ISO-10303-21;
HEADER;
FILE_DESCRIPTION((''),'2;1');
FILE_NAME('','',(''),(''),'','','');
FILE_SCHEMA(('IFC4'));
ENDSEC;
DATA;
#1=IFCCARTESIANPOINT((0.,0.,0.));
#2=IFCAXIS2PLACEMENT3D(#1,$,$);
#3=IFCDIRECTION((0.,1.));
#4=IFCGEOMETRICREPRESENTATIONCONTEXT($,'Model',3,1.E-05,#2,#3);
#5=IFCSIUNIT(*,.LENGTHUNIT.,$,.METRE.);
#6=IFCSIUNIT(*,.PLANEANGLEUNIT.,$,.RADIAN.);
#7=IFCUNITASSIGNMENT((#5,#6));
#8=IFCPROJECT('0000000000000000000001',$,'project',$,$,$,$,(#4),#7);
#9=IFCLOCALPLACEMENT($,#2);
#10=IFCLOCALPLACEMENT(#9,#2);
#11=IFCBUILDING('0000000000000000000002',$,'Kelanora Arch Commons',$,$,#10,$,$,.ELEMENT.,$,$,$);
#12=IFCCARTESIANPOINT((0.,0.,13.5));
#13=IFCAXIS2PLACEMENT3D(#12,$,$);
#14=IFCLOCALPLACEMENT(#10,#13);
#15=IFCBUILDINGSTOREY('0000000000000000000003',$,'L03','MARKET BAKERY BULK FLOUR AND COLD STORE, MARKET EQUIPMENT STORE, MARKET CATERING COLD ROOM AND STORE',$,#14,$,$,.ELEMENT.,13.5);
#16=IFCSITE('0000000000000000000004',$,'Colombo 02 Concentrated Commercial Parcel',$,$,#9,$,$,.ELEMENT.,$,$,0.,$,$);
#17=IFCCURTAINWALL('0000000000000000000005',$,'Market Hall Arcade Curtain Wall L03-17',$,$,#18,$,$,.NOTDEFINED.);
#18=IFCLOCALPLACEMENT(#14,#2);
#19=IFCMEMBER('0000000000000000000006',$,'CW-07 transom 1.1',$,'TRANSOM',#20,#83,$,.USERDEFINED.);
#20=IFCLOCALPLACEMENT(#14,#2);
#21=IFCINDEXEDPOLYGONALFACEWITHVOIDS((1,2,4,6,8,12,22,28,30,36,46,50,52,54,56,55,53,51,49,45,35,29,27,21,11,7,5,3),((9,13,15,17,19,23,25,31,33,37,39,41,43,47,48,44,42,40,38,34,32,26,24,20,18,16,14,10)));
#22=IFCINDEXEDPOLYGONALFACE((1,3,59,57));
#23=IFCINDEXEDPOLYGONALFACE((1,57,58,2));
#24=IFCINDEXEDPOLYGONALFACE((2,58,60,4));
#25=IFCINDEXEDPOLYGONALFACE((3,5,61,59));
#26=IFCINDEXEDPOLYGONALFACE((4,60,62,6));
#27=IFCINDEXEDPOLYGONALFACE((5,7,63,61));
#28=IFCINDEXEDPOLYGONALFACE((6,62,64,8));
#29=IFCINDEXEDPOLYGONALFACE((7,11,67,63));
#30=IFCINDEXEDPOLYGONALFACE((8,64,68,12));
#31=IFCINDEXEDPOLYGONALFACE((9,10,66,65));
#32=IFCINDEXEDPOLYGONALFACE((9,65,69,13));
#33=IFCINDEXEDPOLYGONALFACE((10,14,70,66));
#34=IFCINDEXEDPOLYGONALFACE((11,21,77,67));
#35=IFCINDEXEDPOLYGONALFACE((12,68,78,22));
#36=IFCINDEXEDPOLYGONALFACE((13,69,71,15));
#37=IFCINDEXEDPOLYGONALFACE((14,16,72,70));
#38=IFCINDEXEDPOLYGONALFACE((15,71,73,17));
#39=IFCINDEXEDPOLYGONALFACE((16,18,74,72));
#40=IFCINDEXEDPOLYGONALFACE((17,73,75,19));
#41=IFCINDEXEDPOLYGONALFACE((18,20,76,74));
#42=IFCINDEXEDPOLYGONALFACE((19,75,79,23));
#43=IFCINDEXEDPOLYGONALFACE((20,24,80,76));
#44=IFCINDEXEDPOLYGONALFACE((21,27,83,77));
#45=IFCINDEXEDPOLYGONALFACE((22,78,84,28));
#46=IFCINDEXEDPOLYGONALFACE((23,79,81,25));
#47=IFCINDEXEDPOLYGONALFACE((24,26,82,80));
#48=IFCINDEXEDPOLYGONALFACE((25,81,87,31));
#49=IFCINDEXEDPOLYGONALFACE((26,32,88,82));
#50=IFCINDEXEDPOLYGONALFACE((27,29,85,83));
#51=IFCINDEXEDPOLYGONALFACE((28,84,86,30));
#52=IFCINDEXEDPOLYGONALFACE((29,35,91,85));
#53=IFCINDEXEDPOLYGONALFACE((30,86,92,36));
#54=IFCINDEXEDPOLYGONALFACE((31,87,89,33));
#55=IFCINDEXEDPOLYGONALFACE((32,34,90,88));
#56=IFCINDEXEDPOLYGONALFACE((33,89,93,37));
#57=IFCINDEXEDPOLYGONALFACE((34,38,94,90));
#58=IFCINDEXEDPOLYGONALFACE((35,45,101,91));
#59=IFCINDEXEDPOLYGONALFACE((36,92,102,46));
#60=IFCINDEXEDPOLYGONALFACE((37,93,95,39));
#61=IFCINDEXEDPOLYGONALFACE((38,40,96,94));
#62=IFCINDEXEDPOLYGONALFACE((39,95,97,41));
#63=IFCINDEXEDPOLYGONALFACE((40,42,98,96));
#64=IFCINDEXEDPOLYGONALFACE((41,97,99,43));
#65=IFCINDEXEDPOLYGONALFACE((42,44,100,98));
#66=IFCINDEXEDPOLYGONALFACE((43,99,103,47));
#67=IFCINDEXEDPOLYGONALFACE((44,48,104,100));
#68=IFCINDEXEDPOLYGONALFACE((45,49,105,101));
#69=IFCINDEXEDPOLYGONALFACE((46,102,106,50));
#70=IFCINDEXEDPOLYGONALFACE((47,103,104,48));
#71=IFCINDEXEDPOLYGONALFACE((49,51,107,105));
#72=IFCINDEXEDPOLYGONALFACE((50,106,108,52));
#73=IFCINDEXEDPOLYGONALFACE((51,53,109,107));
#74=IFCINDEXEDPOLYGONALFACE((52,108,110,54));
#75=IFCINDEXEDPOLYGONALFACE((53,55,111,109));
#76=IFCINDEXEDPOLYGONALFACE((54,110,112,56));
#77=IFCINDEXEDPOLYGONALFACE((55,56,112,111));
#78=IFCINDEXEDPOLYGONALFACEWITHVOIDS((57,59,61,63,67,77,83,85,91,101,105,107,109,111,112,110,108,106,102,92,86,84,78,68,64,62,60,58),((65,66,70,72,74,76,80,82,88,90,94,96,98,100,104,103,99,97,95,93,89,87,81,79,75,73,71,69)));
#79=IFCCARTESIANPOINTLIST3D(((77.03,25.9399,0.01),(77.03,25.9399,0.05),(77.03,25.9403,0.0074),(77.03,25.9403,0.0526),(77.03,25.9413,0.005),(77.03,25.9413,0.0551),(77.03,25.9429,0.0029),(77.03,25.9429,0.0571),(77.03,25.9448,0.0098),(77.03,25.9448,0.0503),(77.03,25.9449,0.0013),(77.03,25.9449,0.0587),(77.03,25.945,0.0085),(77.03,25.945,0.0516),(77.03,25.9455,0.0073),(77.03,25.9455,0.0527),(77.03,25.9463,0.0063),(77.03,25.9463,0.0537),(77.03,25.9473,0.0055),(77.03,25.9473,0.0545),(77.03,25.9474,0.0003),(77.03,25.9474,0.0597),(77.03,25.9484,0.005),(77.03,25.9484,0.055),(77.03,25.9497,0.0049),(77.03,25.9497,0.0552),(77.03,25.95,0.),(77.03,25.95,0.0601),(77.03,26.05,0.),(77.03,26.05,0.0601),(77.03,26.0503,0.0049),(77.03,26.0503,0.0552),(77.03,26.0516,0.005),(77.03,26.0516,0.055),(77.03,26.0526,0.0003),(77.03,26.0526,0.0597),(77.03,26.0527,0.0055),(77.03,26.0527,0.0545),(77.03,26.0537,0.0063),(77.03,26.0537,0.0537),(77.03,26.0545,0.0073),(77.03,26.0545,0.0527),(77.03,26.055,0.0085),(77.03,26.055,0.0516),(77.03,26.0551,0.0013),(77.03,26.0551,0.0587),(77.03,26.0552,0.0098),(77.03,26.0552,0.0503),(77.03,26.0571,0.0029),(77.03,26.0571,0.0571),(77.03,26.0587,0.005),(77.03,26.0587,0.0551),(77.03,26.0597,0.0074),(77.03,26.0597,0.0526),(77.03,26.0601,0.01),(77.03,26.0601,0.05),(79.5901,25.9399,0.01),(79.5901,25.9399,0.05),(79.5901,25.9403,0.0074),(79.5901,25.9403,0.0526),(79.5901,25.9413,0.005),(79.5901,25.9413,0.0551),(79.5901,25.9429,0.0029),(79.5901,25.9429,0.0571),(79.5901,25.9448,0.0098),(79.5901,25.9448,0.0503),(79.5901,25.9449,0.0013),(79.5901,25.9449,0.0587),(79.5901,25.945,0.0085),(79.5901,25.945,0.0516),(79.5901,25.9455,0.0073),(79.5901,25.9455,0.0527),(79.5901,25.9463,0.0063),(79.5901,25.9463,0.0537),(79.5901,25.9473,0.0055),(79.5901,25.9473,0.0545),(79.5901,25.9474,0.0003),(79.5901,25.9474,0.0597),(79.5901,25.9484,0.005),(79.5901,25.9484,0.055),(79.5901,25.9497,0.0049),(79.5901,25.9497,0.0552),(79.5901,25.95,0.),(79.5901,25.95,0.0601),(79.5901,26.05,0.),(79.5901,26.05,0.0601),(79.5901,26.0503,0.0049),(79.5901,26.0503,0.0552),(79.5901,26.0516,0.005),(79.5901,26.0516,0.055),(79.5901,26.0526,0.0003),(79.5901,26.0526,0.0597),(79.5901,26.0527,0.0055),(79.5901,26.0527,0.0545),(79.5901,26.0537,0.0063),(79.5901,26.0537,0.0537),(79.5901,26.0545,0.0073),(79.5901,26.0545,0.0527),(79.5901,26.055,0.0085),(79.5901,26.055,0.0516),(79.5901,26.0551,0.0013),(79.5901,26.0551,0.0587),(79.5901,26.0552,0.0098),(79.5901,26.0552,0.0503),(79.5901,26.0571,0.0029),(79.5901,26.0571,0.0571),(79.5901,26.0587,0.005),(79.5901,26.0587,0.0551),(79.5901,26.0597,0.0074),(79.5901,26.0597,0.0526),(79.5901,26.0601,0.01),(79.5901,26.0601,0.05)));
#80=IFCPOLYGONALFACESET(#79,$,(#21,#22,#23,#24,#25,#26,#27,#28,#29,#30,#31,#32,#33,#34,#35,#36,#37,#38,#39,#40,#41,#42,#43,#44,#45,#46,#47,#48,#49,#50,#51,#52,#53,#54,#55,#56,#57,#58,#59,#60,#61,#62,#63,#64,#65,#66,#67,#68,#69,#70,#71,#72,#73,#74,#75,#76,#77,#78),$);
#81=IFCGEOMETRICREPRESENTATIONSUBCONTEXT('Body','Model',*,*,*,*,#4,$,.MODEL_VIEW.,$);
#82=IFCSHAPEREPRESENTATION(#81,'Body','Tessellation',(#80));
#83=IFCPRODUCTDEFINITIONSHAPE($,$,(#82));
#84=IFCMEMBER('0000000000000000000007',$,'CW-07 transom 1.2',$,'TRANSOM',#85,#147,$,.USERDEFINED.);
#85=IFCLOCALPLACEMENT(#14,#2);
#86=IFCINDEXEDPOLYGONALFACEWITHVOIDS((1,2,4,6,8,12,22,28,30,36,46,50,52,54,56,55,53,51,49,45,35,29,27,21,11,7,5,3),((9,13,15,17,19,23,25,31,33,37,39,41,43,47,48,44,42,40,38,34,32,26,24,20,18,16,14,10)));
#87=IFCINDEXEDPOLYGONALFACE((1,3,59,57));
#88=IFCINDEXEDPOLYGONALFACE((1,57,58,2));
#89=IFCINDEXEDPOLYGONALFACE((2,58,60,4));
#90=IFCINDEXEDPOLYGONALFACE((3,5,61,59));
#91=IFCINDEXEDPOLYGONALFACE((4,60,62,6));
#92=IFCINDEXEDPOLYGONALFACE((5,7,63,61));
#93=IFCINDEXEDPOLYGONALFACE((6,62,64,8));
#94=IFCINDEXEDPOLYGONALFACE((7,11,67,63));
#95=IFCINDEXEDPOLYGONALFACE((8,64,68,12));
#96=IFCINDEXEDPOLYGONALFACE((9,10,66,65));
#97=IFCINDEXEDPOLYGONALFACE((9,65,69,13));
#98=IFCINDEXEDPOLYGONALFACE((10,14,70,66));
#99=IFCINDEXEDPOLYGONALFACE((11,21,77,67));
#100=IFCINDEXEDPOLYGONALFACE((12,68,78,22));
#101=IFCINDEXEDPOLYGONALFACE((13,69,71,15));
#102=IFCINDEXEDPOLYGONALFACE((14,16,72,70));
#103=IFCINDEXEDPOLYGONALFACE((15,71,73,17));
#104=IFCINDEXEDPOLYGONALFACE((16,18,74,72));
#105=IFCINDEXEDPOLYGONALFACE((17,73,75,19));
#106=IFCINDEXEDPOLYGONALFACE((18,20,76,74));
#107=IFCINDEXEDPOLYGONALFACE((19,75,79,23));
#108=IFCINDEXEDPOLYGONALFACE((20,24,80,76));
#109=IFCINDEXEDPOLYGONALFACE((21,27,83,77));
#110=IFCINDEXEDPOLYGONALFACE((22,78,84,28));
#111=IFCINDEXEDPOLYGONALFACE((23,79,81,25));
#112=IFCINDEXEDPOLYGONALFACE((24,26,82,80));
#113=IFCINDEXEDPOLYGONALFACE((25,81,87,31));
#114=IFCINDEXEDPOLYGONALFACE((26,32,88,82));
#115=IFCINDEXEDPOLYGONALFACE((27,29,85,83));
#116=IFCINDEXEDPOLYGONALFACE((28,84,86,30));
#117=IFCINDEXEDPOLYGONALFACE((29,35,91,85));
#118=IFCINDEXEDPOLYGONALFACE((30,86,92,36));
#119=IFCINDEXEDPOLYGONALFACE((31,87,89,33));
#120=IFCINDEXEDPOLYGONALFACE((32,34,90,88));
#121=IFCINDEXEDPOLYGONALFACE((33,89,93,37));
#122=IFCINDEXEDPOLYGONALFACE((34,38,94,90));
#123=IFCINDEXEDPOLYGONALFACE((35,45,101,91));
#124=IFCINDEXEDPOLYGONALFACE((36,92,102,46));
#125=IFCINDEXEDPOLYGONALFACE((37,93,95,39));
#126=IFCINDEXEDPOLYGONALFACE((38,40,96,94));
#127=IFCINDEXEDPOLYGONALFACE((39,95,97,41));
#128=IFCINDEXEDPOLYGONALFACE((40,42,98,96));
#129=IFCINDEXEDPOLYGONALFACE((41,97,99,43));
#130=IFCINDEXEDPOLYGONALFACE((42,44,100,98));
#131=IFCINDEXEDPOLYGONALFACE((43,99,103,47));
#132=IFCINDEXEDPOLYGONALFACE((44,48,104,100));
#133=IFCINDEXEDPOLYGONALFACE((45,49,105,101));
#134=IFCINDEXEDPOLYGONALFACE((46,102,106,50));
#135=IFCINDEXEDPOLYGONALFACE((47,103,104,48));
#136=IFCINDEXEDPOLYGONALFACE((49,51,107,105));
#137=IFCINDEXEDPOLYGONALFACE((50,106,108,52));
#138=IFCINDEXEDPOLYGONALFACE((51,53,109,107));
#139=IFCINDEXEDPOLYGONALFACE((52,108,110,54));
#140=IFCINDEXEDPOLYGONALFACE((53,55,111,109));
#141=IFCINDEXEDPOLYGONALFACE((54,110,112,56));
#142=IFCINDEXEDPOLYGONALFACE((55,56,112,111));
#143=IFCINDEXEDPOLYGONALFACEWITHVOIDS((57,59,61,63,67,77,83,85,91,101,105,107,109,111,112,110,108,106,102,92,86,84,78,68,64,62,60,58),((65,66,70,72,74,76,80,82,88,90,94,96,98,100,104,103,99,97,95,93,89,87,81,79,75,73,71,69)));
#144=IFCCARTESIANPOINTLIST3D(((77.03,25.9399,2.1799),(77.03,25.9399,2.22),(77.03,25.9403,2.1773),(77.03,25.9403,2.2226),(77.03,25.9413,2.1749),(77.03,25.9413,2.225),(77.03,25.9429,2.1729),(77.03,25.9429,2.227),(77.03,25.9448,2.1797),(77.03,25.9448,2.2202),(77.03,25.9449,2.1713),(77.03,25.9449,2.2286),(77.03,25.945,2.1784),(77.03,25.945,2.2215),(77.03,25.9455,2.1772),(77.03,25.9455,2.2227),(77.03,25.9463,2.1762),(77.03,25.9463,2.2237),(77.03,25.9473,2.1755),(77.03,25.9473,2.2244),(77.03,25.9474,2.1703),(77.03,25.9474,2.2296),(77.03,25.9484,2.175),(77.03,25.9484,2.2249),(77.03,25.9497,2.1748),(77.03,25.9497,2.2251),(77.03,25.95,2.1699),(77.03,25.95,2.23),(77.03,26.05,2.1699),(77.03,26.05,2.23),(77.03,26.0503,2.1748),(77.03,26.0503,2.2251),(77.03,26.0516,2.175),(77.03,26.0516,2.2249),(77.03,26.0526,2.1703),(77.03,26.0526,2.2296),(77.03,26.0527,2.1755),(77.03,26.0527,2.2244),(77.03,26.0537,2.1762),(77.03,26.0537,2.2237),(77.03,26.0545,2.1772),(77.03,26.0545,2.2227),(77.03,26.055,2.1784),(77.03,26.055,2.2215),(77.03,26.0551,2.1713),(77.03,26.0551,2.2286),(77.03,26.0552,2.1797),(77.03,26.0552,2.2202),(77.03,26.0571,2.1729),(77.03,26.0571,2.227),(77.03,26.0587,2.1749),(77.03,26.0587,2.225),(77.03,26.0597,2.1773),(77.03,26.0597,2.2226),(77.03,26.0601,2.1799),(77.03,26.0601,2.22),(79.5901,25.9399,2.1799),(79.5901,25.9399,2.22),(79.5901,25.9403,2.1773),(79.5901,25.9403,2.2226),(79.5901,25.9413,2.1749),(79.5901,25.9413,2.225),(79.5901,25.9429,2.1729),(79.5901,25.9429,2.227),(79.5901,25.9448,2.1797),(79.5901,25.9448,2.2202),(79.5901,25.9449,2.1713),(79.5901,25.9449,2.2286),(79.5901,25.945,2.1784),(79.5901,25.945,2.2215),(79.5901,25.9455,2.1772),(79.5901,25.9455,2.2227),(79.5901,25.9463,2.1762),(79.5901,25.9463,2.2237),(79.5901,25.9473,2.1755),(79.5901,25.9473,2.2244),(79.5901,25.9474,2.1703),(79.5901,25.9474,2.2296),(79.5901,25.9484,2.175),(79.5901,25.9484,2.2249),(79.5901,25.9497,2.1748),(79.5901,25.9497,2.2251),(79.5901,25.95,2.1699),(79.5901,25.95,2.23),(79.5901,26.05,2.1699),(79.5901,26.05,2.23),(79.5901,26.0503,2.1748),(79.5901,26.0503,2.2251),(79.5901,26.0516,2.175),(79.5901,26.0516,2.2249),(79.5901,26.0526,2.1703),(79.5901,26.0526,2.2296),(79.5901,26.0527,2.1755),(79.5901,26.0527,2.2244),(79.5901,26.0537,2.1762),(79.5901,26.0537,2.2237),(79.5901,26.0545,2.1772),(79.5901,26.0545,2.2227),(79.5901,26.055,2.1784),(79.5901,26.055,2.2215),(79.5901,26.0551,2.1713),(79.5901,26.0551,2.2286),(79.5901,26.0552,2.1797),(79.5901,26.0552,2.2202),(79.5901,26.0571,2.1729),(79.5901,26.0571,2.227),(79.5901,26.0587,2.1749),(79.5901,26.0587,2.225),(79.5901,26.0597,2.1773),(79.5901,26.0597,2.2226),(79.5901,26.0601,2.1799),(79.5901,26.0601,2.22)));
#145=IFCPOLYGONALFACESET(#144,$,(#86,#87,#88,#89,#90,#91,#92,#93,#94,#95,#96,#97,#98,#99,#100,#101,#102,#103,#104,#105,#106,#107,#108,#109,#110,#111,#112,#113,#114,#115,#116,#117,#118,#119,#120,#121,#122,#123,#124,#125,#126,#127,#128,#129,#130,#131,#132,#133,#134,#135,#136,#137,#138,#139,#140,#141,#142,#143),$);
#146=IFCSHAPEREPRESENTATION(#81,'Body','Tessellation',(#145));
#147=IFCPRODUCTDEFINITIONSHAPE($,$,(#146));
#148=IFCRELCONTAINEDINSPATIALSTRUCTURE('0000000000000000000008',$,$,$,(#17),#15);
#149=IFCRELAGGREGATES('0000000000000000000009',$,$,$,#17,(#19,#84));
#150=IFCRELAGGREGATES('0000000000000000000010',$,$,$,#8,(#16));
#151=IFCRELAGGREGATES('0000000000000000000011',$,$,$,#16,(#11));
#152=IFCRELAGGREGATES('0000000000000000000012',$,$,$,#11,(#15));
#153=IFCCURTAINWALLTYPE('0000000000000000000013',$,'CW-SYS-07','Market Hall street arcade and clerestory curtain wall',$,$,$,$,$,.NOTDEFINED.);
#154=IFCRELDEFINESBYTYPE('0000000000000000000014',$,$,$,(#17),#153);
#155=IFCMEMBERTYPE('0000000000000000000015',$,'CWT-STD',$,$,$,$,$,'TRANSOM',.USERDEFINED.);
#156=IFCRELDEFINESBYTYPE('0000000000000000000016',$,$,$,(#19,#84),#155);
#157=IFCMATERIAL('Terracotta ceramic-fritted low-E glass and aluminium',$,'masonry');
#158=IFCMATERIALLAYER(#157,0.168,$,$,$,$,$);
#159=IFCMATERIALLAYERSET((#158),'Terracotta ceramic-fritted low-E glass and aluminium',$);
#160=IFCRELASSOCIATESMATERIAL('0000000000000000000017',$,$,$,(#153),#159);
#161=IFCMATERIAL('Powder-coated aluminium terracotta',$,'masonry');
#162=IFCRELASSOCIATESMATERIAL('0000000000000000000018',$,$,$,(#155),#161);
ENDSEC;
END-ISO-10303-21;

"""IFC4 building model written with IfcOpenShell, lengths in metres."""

from ifc_helpers import new_model, si_unit, direction, frame, origin, origin_2d, place, context, subcontext, project, spatial, hollow_rectangle, extrude, material, layer, layer_set, material_profile, profile_set, type_object, element, aggregate, save


model = new_model("IFC4")

# Units and contexts
model_context = context("Model", 3, precision=1e-05, world=origin(), true_north=direction((0.0, 1.0)))
body_context = subcontext(model_context, "Body", "Model", "MODEL_VIEW")
ifc_project = project(units=[si_unit("LENGTHUNIT", "METRE"), si_unit("PLANEANGLEUNIT", "RADIAN")], contexts=[model_context])

# Site, building, storey
site_placement = place(None, origin())
site = spatial("IfcSite", under=ifc_project, at=site_placement, Name="Colombo 02 Concentrated Commercial Parcel", CompositionType="ELEMENT", RefElevation=0.0)
building_placement = place(site_placement, origin())
building = spatial("IfcBuilding", under=site, at=building_placement, Name="Kelanora Arch Commons", CompositionType="ELEMENT")
storey_placement = place(building_placement, frame((0.0, 0.0, 13.5)))
storey = spatial("IfcBuildingStorey", under=building, at=storey_placement, Name="L03", Description="MARKET BAKERY BULK FLOUR AND COLD STORE, MARKET EQUIPMENT STORE, MARKET CATERING COLD ROOM AND STORE", CompositionType="ELEMENT", Elevation=13.5)

# Curtain wall, members
ifc_material_1 = material(Name="Terracotta ceramic-fritted low-E glass and aluminium", Category="masonry")
ifc_layer_1 = layer(ifc_material_1, 0.168)
ifc_layer_set_1 = layer_set([ifc_layer_1], Name="Terracotta ceramic-fritted low-E glass and aluminium")
curtain_wall_type = type_object("IfcCurtainWallType", Name="CW-SYS-07", Description="Market Hall street arcade and clerestory curtain wall", PredefinedType="NOTDEFINED", material=ifc_layer_set_1)
curtain_wall_placement = place(storey_placement, origin())
curtain_wall = element("IfcCurtainWall", 1, at=curtain_wall_placement, inside=storey, type_object=curtain_wall_type, Name="Market Hall Arcade Curtain Wall L03-17", PredefinedType="NOTDEFINED")
ifc_material_2 = material(Name="Powder-coated aluminium terracotta", Category="masonry")
ifc_material_profile_1 = material_profile(ifc_material_2, hollow_rectangle(XDim=0.1201, YDim=0.0601, WallThickness=0.0049, InnerFilletRadius=0.0049, OuterFilletRadius=0.01, at=origin_2d()), Name="CWT120x60")
ifc_profile_set_1 = profile_set([ifc_material_profile_1], Name="Powder-coated aluminium terracotta")
member_type_1 = type_object("IfcMemberType", Name="CWT-STD", ElementType="TRANSOM", PredefinedType="USERDEFINED", material=ifc_profile_set_1)
member_1_placement = place(storey_placement, frame((79.5901, 26.0, 0.03), z_axis=(-1.0, 0.0, 0.0), x_axis=(0.0, -1.0, 0.0)))
member_1 = element("IfcMember", 2, at=member_1_placement, type_object=member_type_1, Name="CW-07 transom 1.1", ObjectType="TRANSOM", PredefinedType="USERDEFINED", context=body_context, shape_type="SweptSolid", body=[
    extrude(hollow_rectangle(XDim=0.1201, YDim=0.0601, WallThickness=0.0049, InnerFilletRadius=0.0049, OuterFilletRadius=0.01, at=origin_2d()), origin(), (0.0, 0.0, 1.0), 2.5601),
])
member_2_placement = place(storey_placement, frame((79.5901, 26.0, 2.2), z_axis=(-1.0, 0.0, 0.0), x_axis=(0.0, -1.0, 0.0)))
member_2 = element("IfcMember", 3, at=member_2_placement, type_object=member_type_1, Name="CW-07 transom 1.2", ObjectType="TRANSOM", PredefinedType="USERDEFINED", context=body_context, shape_type="SweptSolid", body=[
    extrude(hollow_rectangle(XDim=0.1201, YDim=0.0601, WallThickness=0.0049, InnerFilletRadius=0.0049, OuterFilletRadius=0.01, at=origin_2d()), origin(), (0.0, 0.0, 1.0), 2.5601),
])
aggregate(curtain_wall, [member_1, member_2])

save(model, "model.ifc")
